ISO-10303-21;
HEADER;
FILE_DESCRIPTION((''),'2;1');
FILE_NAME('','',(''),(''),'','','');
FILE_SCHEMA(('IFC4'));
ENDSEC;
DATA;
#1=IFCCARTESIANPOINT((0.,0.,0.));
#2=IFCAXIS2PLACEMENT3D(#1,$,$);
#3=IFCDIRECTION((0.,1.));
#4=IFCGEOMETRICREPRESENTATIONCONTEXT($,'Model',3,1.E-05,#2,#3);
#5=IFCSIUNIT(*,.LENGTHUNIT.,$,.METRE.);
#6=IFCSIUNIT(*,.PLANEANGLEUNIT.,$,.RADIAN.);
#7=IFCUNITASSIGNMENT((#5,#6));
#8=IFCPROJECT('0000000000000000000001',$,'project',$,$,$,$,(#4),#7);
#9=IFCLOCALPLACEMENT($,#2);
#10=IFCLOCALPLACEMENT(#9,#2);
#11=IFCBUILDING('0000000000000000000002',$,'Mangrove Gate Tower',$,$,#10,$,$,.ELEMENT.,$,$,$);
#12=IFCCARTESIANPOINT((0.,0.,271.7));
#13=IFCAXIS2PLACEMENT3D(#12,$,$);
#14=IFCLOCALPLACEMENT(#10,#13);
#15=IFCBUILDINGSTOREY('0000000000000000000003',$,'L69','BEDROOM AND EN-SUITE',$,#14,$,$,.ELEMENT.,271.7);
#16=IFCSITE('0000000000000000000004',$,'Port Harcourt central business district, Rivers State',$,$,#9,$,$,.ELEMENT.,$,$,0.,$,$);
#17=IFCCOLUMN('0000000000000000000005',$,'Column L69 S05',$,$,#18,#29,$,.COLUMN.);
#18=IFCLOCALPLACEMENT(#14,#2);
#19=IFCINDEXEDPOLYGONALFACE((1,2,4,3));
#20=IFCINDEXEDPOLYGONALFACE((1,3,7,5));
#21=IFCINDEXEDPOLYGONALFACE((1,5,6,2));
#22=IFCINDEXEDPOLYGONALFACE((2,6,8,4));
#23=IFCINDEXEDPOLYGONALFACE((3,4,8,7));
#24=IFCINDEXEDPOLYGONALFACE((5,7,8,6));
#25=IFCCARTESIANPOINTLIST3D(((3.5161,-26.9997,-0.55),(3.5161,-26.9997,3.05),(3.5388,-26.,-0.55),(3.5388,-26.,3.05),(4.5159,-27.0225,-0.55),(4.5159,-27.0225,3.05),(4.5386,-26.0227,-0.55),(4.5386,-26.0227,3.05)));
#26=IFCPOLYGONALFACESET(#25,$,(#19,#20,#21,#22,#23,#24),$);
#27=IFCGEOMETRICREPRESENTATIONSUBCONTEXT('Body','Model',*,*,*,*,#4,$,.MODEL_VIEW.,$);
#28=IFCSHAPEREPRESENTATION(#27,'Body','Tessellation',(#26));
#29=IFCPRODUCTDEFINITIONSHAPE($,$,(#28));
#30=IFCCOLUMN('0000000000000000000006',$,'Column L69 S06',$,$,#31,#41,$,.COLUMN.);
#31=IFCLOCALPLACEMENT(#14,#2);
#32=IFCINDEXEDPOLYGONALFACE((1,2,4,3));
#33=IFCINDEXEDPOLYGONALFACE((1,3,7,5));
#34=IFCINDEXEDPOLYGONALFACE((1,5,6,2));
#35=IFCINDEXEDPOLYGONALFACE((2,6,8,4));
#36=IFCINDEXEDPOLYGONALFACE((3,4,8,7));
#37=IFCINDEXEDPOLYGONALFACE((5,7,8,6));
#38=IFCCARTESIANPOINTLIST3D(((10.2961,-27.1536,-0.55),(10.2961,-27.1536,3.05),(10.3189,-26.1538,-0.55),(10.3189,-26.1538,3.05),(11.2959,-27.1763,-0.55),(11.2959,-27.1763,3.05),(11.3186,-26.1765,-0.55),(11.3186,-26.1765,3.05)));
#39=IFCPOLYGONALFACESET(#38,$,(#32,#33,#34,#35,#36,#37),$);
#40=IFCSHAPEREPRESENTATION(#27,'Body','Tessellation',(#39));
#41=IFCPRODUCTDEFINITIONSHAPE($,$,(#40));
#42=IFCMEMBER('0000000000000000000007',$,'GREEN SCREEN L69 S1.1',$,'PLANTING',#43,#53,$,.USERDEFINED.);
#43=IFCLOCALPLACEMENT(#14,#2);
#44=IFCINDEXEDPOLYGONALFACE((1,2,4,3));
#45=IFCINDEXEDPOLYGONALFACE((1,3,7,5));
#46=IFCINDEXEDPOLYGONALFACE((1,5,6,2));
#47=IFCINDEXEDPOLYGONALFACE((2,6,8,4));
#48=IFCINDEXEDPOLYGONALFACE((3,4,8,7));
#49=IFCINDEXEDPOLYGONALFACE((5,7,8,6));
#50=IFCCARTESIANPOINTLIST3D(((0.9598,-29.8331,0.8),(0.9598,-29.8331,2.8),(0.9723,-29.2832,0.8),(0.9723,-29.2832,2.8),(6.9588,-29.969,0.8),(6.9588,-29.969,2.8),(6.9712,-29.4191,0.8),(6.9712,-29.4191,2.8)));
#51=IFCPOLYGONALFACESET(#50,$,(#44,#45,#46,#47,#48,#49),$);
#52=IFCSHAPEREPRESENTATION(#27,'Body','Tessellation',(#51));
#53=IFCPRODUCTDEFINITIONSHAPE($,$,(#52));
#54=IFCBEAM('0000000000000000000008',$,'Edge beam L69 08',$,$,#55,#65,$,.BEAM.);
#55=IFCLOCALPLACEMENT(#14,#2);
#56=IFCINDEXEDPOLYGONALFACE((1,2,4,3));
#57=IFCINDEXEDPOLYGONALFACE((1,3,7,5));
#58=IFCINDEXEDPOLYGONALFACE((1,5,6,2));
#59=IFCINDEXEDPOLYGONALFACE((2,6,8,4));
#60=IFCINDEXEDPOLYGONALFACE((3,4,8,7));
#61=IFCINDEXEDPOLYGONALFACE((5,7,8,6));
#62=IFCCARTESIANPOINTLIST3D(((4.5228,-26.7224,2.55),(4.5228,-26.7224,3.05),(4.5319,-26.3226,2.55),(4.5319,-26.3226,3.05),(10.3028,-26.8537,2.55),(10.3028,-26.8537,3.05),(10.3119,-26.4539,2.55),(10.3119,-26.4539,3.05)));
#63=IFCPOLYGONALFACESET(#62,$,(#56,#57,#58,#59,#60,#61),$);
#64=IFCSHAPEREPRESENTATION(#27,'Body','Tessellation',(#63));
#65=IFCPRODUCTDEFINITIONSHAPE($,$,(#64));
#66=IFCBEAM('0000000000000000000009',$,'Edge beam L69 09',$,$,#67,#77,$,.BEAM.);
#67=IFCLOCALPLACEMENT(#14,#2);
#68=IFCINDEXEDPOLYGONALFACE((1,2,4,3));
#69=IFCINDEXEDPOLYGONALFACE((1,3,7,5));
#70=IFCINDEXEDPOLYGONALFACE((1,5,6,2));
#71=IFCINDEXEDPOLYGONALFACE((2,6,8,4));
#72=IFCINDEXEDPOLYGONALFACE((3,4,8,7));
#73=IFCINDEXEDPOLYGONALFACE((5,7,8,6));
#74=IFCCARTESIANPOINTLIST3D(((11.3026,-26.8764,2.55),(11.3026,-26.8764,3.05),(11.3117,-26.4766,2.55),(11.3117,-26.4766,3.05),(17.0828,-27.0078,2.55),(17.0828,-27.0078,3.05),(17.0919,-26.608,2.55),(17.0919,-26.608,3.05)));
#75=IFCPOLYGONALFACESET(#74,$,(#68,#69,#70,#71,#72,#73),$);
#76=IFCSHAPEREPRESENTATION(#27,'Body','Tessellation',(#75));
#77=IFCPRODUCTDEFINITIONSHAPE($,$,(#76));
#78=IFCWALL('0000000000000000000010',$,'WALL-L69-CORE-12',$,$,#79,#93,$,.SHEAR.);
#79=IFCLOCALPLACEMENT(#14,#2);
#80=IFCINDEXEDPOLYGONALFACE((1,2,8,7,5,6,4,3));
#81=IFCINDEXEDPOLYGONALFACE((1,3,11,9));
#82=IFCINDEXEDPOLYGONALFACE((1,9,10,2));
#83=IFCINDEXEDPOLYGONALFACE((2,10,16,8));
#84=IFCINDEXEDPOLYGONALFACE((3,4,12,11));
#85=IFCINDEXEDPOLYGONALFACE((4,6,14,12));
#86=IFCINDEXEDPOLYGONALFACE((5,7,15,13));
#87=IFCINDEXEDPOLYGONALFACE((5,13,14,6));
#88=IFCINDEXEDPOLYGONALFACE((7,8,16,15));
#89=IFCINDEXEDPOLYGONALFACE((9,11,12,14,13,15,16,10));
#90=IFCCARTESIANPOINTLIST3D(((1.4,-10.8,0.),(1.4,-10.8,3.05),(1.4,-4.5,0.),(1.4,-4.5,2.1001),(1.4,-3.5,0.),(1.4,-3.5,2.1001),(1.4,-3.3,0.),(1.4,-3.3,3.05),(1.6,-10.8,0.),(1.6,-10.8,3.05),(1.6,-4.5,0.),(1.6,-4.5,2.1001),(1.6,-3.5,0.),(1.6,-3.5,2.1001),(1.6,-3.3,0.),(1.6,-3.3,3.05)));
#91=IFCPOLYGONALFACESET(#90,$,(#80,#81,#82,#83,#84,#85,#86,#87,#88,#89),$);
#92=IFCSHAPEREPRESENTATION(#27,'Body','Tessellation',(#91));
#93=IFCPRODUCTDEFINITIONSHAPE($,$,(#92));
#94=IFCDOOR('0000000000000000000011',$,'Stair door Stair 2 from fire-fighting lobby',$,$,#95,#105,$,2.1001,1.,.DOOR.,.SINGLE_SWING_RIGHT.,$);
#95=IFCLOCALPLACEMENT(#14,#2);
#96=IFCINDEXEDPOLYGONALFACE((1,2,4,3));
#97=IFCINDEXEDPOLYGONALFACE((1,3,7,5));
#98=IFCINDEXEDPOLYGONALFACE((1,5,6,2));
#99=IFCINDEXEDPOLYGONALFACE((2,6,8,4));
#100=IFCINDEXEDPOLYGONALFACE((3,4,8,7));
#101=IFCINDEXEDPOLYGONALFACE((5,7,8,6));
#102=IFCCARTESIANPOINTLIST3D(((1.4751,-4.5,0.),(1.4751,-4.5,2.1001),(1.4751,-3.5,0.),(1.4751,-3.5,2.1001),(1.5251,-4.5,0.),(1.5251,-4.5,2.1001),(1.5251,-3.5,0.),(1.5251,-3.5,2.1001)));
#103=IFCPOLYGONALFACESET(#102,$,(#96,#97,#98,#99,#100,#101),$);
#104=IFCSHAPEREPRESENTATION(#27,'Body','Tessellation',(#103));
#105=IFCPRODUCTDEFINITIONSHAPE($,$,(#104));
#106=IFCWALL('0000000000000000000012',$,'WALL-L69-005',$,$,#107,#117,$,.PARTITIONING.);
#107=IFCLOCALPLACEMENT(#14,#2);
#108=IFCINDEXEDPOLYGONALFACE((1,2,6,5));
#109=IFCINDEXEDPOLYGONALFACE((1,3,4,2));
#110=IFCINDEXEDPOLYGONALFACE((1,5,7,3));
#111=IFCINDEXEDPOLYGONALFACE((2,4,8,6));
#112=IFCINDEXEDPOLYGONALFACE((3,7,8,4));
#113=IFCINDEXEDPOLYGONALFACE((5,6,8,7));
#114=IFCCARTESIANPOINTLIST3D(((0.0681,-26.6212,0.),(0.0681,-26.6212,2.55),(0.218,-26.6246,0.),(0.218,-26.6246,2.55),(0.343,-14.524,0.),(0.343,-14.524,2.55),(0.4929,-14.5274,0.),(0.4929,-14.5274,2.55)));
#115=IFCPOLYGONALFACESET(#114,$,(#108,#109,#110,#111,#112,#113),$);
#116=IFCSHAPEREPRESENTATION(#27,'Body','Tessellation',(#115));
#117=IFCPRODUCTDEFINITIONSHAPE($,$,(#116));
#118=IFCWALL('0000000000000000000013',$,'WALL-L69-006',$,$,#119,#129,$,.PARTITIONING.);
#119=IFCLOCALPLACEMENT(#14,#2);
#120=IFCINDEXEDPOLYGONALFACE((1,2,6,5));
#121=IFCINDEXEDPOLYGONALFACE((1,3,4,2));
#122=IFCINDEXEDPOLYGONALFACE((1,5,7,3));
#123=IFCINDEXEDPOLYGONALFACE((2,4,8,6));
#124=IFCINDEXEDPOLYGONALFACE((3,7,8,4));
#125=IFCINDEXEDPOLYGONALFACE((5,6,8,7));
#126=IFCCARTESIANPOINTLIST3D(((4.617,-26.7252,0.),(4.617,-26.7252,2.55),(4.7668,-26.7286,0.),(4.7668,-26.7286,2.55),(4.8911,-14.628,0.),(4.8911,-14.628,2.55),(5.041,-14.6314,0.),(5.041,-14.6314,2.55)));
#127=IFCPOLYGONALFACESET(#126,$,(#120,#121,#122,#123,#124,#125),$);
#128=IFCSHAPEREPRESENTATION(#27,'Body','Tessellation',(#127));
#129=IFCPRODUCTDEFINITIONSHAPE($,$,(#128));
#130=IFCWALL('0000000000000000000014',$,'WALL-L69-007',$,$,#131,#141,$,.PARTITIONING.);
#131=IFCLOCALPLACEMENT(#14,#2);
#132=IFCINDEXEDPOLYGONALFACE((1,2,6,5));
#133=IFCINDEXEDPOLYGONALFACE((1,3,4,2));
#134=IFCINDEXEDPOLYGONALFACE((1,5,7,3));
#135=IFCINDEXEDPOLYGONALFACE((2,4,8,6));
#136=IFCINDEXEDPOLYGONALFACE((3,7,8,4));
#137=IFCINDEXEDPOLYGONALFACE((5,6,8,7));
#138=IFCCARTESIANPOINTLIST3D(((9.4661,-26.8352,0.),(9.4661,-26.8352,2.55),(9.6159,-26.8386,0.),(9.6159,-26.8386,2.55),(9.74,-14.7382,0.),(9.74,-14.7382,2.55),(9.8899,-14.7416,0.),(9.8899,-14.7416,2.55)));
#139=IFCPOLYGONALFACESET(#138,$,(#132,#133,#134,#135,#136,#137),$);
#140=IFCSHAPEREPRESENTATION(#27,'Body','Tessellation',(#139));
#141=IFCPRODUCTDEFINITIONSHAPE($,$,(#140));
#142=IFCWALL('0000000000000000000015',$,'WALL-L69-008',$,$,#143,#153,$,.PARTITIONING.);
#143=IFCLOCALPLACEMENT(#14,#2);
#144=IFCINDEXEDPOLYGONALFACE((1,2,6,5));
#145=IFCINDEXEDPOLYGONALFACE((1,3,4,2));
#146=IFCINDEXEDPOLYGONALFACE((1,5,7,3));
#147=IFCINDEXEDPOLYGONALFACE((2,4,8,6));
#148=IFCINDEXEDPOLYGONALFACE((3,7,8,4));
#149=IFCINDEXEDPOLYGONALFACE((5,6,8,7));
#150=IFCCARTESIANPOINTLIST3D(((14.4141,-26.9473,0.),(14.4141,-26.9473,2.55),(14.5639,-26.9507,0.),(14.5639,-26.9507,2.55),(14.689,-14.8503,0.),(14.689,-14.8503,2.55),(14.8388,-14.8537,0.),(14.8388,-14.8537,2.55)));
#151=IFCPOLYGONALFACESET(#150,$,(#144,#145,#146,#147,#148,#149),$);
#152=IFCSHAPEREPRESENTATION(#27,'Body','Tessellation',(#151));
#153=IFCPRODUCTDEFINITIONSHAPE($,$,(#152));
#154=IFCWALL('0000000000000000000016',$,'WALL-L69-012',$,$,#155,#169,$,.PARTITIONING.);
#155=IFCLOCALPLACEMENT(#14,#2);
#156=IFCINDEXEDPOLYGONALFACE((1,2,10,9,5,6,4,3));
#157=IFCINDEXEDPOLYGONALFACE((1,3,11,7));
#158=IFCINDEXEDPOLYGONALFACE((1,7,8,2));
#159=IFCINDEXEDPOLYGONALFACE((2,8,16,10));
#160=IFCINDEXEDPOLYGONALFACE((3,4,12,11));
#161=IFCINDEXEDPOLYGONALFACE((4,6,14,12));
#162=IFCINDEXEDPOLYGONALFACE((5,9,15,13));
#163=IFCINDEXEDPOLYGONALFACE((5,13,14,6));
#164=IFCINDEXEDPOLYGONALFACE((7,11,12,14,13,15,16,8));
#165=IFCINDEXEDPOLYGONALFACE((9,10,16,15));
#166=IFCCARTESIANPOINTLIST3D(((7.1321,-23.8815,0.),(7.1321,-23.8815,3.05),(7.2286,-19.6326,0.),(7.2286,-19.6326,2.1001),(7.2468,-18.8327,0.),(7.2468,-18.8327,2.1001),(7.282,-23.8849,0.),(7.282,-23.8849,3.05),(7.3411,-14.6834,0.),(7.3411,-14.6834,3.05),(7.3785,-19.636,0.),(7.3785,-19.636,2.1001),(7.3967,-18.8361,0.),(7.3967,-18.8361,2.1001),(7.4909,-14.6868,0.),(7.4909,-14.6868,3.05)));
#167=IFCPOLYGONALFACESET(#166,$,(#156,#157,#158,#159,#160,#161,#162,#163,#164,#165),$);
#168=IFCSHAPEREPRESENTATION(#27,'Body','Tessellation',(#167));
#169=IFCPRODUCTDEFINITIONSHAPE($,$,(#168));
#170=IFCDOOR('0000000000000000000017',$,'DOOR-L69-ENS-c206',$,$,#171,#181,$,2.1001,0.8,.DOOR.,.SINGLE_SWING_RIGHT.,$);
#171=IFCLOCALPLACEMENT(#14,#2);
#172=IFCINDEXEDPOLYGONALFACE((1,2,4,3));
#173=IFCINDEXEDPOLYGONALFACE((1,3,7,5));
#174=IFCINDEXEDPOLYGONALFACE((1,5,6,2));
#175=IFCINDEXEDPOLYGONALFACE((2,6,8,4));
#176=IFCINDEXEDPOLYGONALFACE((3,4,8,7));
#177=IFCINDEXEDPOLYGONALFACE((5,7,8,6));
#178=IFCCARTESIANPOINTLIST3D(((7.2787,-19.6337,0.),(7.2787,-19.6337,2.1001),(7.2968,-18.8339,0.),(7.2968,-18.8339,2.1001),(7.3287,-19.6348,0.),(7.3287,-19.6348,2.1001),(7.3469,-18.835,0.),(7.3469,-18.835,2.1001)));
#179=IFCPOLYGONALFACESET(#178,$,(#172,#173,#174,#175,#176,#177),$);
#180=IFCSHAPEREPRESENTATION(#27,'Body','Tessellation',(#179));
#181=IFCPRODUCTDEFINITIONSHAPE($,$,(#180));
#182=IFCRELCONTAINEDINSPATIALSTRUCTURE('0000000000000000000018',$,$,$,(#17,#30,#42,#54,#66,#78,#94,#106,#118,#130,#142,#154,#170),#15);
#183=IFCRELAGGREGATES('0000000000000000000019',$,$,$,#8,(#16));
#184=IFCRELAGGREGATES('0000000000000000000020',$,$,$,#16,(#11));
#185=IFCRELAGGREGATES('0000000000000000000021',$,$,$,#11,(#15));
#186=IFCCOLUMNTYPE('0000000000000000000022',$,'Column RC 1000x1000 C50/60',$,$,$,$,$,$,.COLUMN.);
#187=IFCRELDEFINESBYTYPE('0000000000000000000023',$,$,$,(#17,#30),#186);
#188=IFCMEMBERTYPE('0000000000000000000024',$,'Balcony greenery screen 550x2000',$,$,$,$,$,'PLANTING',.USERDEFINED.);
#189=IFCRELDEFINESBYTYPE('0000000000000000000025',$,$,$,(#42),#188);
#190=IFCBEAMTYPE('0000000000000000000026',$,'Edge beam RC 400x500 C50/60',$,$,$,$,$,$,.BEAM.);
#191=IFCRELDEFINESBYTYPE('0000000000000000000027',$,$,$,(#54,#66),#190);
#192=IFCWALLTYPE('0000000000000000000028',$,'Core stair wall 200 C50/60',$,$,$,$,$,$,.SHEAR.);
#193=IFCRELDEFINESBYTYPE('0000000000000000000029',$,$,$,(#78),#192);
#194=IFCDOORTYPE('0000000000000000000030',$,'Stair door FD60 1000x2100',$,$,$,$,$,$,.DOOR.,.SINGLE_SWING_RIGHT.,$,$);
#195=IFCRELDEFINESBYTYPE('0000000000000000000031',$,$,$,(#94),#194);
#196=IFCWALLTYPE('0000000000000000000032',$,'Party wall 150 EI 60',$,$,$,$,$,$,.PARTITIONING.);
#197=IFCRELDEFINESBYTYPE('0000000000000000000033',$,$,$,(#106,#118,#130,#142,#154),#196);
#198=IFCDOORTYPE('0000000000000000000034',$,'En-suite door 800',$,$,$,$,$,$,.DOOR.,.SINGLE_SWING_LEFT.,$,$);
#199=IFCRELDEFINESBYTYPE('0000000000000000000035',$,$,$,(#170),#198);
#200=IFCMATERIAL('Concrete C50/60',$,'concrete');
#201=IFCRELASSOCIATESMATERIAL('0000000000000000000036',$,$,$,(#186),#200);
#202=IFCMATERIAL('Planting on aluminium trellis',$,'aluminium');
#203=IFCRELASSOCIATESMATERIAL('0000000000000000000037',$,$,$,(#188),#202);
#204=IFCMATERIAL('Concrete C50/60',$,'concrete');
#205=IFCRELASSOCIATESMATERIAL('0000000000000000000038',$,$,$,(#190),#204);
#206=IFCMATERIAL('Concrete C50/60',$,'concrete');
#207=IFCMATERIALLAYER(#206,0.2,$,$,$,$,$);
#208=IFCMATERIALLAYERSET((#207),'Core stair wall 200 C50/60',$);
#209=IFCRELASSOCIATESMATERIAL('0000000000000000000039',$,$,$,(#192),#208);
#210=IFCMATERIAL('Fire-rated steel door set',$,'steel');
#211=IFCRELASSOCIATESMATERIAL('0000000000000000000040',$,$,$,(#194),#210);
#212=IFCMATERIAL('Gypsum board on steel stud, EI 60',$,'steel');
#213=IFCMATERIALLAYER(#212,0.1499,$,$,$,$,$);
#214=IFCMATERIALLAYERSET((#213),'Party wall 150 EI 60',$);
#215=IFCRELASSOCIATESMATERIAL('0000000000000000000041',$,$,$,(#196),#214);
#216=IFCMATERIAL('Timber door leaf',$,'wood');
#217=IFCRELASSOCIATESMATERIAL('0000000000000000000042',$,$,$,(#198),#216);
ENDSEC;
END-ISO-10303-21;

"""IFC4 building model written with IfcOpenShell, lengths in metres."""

from ifc_helpers import new_model, si_unit, direction, frame, frame_2d, origin, origin_2d, place, context, subcontext, project, spatial, rectangle, extrude, material, layer, layer_set, material_profile, profile_set, type_object, element, fill, save


model = new_model("IFC4")

# Units and contexts
model_context = context("Model", 3, precision=1e-05, world=origin(), true_north=direction((0.0, 1.0)))
body_context = subcontext(model_context, "Body", "Model", "MODEL_VIEW")
ifc_project = project(units=[si_unit("LENGTHUNIT", "METRE"), si_unit("PLANEANGLEUNIT", "RADIAN")], contexts=[model_context])

# Site, building, storey
site_placement = place(None, origin())
site = spatial("IfcSite", under=ifc_project, at=site_placement, Name="Port Harcourt central business district, Rivers State", CompositionType="ELEMENT", RefElevation=0.0)
building_placement = place(site_placement, origin())
building = spatial("IfcBuilding", under=site, at=building_placement, Name="Mangrove Gate Tower", CompositionType="ELEMENT")
storey_placement = place(building_placement, frame((0.0, 0.0, 271.7)))
storey = spatial("IfcBuildingStorey", under=building, at=storey_placement, Name="L69", Description="BEDROOM AND EN-SUITE", CompositionType="ELEMENT", Elevation=271.7)

# Columns
ifc_material_1 = material(Name="Concrete C50/60", Category="concrete")
ifc_material_profile_1 = material_profile(ifc_material_1, rectangle(XDim=1.0, YDim=1.0, at=origin_2d()))
ifc_profile_set_1 = profile_set([ifc_material_profile_1], Name="Concrete C50/60")
column_type = type_object("IfcColumnType", Name="Column RC 1000x1000 C50/60", PredefinedType="COLUMN", material=ifc_profile_set_1)
for number, where, z_axis, x_axis, name in (
    (1, (4.0273, -26.5112, -0.55), (0.0, 0.0, 1.0), (0.999742, -0.022708, 0.0), "Column L69 S05"),
    (2, (10.8074, -26.665, -0.55), (0.0, 0.0, 1.0), (0.999742, -0.022708, 0.0), "Column L69 S06"),
):
    element("IfcColumn", number, at=place(storey_placement, frame(where, z_axis=z_axis, x_axis=x_axis)), inside=storey, type_object=column_type, Name=name, PredefinedType="COLUMN", context=body_context, shape_type="SweptSolid", body=[
        extrude(rectangle(XDim=1.0, YDim=1.0, at=origin_2d()), origin(), (0.0, 0.0, 1.0), 3.6001),
    ])

# Member
ifc_material_2 = material(Name="Planting on aluminium trellis", Category="aluminium")
ifc_material_profile_2 = material_profile(ifc_material_2, rectangle(XDim=0.55, YDim=2.0, at=origin_2d()))
ifc_profile_set_2 = profile_set([ifc_material_profile_2], Name="Planting on aluminium trellis")
member_type = type_object("IfcMemberType", Name="Balcony greenery screen 550x2000", ElementType="PLANTING", PredefinedType="USERDEFINED", material=ifc_profile_set_2)
member_placement = place(storey_placement, frame((0.9661, -29.5581, 1.8), z_axis=(0.999743, -0.022662, 0.0), x_axis=(0.022662, 0.999743, 0.0)))
element("IfcMember", 3, at=member_placement, inside=storey, type_object=member_type, Name="GREEN SCREEN L69 S1.1", ObjectType="PLANTING", PredefinedType="USERDEFINED", context=body_context, shape_type="SweptSolid", body=[
    extrude(rectangle(XDim=0.55, YDim=2.0, at=origin_2d()), origin(), (0.0, 0.0, 1.0), 6.0005),
])

# Beams
ifc_material_3 = material(Name="Concrete C50/60", Category="concrete")
ifc_material_profile_3 = material_profile(ifc_material_3, rectangle(XDim=0.3999, YDim=0.5, at=origin_2d()))
ifc_profile_set_3 = profile_set([ifc_material_profile_3], Name="Concrete C50/60")
beam_type = type_object("IfcBeamType", Name="Edge beam RC 400x500 C50/60", PredefinedType="BEAM", material=ifc_profile_set_3)
beam_1_placement = place(storey_placement, frame((4.5273, -26.5225, 2.8), z_axis=(0.999742, -0.022719, 0.0), x_axis=(0.022719, 0.999742, 0.0)))
element("IfcBeam", 4, at=beam_1_placement, inside=storey, type_object=beam_type, Name="Edge beam L69 08", PredefinedType="BEAM", context=body_context, shape_type="SweptSolid", body=[
    extrude(rectangle(XDim=0.3999, YDim=0.5, at=origin_2d()), origin(), (0.0, 0.0, 1.0), 5.7815),
])
beam_2_placement = place(storey_placement, frame((11.3071, -26.6765, 2.8), z_axis=(0.999742, -0.022718, 0.0), x_axis=(0.022718, 0.999742, 0.0)))
element("IfcBeam", 5, at=beam_2_placement, inside=storey, type_object=beam_type, Name="Edge beam L69 09", PredefinedType="BEAM", context=body_context, shape_type="SweptSolid", body=[
    extrude(rectangle(XDim=0.3999, YDim=0.5, at=origin_2d()), origin(), (0.0, 0.0, 1.0), 5.7817),
])

# Wall, opening, door
ifc_material_4 = material(Name="Concrete C50/60", Category="concrete")
ifc_layer_1 = layer(ifc_material_4, 0.2)
ifc_layer_set_1 = layer_set([ifc_layer_1], Name="Core stair wall 200 C50/60")
wall_type_1 = type_object("IfcWallType", Name="Core stair wall 200 C50/60", PredefinedType="SHEAR", material=ifc_layer_set_1)
wall_1_placement = place(storey_placement, frame((1.5, -10.8, 0.0), z_axis=(0.0, 0.0, 1.0), x_axis=(0.0, 1.0, 0.0)))
wall_1 = element("IfcWall", 6, at=wall_1_placement, inside=storey, type_object=wall_type_1, Name="WALL-L69-CORE-12", PredefinedType="SHEAR", context=body_context, shape_type="SweptSolid", body=[
    extrude(rectangle(XDim=7.5, YDim=0.2, at=frame_2d((3.75, 0.0))), origin(), (0.0, 0.0, 1.0), 3.05),
])
opening_1_placement = place(wall_1_placement, frame((6.3, 0.0, 0.0)))
opening_1 = element("IfcOpeningElement", 7, at=opening_1_placement, cuts=wall_1, PredefinedType="OPENING", context=body_context, shape_type="SweptSolid", body=[
    extrude(rectangle(XDim=1.0, YDim=2.1001, at=frame_2d((0.5, 1.05))), frame((0.0, 0.1099, 0.0), z_axis=(0.0, -1.0, 0.0), x_axis=(1.0, 0.0, 0.0)), (0.0, 0.0, 1.0), 0.22),
])
ifc_material_5 = material(Name="Fire-rated steel door set", Category="steel")
door_type_1 = type_object("IfcDoorType", Name="Stair door FD60 1000x2100", OperationType="SINGLE_SWING_RIGHT", PredefinedType="DOOR", material=ifc_material_5)
door_1_placement = place(opening_1_placement, origin())
door_1 = element("IfcDoor", 8, at=door_1_placement, inside=storey, type_object=door_type_1, Name="Stair door Stair 2 from fire-fighting lobby", OperationType="SINGLE_SWING_RIGHT", OverallHeight=2.1001, OverallWidth=1.0, PredefinedType="DOOR", context=body_context, shape_type="SweptSolid", body=[
    extrude(rectangle(XDim=1.0, YDim=2.1001, at=frame_2d((0.5, 1.05))), frame((0.0, 0.0249, 0.0), z_axis=(0.0, -1.0, 0.0), x_axis=(1.0, 0.0, 0.0)), (0.0, 0.0, 1.0), 0.05),
])
fill(opening_1, door_1)

# Walls
ifc_material_6 = material(Name="Gypsum board on steel stud, EI 60", Category="steel")
ifc_layer_2 = layer(ifc_material_6, 0.1499)
ifc_layer_set_2 = layer_set([ifc_layer_2], Name="Party wall 150 EI 60")
wall_type_2 = type_object("IfcWallType", Name="Party wall 150 EI 60", PredefinedType="PARTITIONING", material=ifc_layer_set_2)
for number, where, z_axis, x_axis, name in (
    (9, (0.1431, -26.623, 0.0), (0.0, 0.0, 1.0), (0.022719, 0.999742, 0.0), "WALL-L69-005"),
    (10, (4.6919, -26.7271, 0.0), (0.0, 0.0, 1.0), (0.022658, 0.999743, 0.0), "WALL-L69-006"),
):
    element("IfcWall", number, at=place(storey_placement, frame(where, z_axis=z_axis, x_axis=x_axis)), inside=storey, type_object=wall_type_2, Name=name, PredefinedType="PARTITIONING", context=body_context, shape_type="SweptSolid", body=[
        extrude(rectangle(XDim=12.1003, YDim=0.1499, at=frame_2d((6.0503, 0.0))), origin(), (0.0, 0.0, 1.0), 2.55),
    ])
for number, where, z_axis, x_axis, name in (
    (11, (9.541, -26.8369, 0.0), (0.0, 0.0, 1.0), (0.022638, 0.999744, 0.0), "WALL-L69-007"),
    (12, (14.489, -26.949, 0.0), (0.0, 0.0, 1.0), (0.022719, 0.999742, 0.0), "WALL-L69-008"),
):
    element("IfcWall", number, at=place(storey_placement, frame(where, z_axis=z_axis, x_axis=x_axis)), inside=storey, type_object=wall_type_2, Name=name, PredefinedType="PARTITIONING", context=body_context, shape_type="SweptSolid", body=[
        extrude(rectangle(XDim=12.1001, YDim=0.1499, at=frame_2d((6.05, 0.0))), origin(), (0.0, 0.0, 1.0), 2.55),
    ])

# Wall, opening, door
wall_2_placement = place(storey_placement, frame((7.207, -23.8831, 0.0), z_axis=(0.0, 0.0, 1.0), x_axis=(0.022715, 0.999742, 0.0)))
wall_2 = element("IfcWall", 13, at=wall_2_placement, inside=storey, type_object=wall_type_2, Name="WALL-L69-012", PredefinedType="PARTITIONING", context=body_context, shape_type="SweptSolid", body=[
    extrude(rectangle(XDim=9.2004, YDim=0.1499, at=frame_2d((4.6001, 0.0))), origin(), (0.0, 0.0, 1.0), 3.05),
])
opening_2_placement = place(wall_2_placement, frame((4.25, 0.0, 0.0)))
opening_2 = element("IfcOpeningElement", 14, at=opening_2_placement, cuts=wall_2, PredefinedType="OPENING", context=body_context, shape_type="SweptSolid", body=[
    extrude(rectangle(XDim=0.8, YDim=2.1001, at=frame_2d((0.3999, 1.05))), frame((0.0, 0.085, 0.0), z_axis=(0.0, -1.0, 0.0), x_axis=(1.0, 0.0, 0.0)), (0.0, 0.0, 1.0), 0.1699),
])
ifc_material_7 = material(Name="Timber door leaf", Category="wood")
door_type_2 = type_object("IfcDoorType", Name="En-suite door 800", OperationType="SINGLE_SWING_LEFT", PredefinedType="DOOR", material=ifc_material_7)
door_2_placement = place(opening_2_placement, origin())
door_2 = element("IfcDoor", 15, at=door_2_placement, inside=storey, type_object=door_type_2, Name="DOOR-L69-ENS-c206", OperationType="SINGLE_SWING_RIGHT", OverallHeight=2.1001, OverallWidth=0.8, PredefinedType="DOOR", context=body_context, shape_type="SweptSolid", body=[
    extrude(rectangle(XDim=0.8, YDim=2.1001, at=frame_2d((0.3999, 1.05))), frame((0.0, 0.0249, 0.0), z_axis=(0.0, -1.0, 0.0), x_axis=(1.0, 0.0, 0.0)), (0.0, 0.0, 1.0), 0.05),
])
fill(opening_2, door_2)

save(model, "model.ifc")
